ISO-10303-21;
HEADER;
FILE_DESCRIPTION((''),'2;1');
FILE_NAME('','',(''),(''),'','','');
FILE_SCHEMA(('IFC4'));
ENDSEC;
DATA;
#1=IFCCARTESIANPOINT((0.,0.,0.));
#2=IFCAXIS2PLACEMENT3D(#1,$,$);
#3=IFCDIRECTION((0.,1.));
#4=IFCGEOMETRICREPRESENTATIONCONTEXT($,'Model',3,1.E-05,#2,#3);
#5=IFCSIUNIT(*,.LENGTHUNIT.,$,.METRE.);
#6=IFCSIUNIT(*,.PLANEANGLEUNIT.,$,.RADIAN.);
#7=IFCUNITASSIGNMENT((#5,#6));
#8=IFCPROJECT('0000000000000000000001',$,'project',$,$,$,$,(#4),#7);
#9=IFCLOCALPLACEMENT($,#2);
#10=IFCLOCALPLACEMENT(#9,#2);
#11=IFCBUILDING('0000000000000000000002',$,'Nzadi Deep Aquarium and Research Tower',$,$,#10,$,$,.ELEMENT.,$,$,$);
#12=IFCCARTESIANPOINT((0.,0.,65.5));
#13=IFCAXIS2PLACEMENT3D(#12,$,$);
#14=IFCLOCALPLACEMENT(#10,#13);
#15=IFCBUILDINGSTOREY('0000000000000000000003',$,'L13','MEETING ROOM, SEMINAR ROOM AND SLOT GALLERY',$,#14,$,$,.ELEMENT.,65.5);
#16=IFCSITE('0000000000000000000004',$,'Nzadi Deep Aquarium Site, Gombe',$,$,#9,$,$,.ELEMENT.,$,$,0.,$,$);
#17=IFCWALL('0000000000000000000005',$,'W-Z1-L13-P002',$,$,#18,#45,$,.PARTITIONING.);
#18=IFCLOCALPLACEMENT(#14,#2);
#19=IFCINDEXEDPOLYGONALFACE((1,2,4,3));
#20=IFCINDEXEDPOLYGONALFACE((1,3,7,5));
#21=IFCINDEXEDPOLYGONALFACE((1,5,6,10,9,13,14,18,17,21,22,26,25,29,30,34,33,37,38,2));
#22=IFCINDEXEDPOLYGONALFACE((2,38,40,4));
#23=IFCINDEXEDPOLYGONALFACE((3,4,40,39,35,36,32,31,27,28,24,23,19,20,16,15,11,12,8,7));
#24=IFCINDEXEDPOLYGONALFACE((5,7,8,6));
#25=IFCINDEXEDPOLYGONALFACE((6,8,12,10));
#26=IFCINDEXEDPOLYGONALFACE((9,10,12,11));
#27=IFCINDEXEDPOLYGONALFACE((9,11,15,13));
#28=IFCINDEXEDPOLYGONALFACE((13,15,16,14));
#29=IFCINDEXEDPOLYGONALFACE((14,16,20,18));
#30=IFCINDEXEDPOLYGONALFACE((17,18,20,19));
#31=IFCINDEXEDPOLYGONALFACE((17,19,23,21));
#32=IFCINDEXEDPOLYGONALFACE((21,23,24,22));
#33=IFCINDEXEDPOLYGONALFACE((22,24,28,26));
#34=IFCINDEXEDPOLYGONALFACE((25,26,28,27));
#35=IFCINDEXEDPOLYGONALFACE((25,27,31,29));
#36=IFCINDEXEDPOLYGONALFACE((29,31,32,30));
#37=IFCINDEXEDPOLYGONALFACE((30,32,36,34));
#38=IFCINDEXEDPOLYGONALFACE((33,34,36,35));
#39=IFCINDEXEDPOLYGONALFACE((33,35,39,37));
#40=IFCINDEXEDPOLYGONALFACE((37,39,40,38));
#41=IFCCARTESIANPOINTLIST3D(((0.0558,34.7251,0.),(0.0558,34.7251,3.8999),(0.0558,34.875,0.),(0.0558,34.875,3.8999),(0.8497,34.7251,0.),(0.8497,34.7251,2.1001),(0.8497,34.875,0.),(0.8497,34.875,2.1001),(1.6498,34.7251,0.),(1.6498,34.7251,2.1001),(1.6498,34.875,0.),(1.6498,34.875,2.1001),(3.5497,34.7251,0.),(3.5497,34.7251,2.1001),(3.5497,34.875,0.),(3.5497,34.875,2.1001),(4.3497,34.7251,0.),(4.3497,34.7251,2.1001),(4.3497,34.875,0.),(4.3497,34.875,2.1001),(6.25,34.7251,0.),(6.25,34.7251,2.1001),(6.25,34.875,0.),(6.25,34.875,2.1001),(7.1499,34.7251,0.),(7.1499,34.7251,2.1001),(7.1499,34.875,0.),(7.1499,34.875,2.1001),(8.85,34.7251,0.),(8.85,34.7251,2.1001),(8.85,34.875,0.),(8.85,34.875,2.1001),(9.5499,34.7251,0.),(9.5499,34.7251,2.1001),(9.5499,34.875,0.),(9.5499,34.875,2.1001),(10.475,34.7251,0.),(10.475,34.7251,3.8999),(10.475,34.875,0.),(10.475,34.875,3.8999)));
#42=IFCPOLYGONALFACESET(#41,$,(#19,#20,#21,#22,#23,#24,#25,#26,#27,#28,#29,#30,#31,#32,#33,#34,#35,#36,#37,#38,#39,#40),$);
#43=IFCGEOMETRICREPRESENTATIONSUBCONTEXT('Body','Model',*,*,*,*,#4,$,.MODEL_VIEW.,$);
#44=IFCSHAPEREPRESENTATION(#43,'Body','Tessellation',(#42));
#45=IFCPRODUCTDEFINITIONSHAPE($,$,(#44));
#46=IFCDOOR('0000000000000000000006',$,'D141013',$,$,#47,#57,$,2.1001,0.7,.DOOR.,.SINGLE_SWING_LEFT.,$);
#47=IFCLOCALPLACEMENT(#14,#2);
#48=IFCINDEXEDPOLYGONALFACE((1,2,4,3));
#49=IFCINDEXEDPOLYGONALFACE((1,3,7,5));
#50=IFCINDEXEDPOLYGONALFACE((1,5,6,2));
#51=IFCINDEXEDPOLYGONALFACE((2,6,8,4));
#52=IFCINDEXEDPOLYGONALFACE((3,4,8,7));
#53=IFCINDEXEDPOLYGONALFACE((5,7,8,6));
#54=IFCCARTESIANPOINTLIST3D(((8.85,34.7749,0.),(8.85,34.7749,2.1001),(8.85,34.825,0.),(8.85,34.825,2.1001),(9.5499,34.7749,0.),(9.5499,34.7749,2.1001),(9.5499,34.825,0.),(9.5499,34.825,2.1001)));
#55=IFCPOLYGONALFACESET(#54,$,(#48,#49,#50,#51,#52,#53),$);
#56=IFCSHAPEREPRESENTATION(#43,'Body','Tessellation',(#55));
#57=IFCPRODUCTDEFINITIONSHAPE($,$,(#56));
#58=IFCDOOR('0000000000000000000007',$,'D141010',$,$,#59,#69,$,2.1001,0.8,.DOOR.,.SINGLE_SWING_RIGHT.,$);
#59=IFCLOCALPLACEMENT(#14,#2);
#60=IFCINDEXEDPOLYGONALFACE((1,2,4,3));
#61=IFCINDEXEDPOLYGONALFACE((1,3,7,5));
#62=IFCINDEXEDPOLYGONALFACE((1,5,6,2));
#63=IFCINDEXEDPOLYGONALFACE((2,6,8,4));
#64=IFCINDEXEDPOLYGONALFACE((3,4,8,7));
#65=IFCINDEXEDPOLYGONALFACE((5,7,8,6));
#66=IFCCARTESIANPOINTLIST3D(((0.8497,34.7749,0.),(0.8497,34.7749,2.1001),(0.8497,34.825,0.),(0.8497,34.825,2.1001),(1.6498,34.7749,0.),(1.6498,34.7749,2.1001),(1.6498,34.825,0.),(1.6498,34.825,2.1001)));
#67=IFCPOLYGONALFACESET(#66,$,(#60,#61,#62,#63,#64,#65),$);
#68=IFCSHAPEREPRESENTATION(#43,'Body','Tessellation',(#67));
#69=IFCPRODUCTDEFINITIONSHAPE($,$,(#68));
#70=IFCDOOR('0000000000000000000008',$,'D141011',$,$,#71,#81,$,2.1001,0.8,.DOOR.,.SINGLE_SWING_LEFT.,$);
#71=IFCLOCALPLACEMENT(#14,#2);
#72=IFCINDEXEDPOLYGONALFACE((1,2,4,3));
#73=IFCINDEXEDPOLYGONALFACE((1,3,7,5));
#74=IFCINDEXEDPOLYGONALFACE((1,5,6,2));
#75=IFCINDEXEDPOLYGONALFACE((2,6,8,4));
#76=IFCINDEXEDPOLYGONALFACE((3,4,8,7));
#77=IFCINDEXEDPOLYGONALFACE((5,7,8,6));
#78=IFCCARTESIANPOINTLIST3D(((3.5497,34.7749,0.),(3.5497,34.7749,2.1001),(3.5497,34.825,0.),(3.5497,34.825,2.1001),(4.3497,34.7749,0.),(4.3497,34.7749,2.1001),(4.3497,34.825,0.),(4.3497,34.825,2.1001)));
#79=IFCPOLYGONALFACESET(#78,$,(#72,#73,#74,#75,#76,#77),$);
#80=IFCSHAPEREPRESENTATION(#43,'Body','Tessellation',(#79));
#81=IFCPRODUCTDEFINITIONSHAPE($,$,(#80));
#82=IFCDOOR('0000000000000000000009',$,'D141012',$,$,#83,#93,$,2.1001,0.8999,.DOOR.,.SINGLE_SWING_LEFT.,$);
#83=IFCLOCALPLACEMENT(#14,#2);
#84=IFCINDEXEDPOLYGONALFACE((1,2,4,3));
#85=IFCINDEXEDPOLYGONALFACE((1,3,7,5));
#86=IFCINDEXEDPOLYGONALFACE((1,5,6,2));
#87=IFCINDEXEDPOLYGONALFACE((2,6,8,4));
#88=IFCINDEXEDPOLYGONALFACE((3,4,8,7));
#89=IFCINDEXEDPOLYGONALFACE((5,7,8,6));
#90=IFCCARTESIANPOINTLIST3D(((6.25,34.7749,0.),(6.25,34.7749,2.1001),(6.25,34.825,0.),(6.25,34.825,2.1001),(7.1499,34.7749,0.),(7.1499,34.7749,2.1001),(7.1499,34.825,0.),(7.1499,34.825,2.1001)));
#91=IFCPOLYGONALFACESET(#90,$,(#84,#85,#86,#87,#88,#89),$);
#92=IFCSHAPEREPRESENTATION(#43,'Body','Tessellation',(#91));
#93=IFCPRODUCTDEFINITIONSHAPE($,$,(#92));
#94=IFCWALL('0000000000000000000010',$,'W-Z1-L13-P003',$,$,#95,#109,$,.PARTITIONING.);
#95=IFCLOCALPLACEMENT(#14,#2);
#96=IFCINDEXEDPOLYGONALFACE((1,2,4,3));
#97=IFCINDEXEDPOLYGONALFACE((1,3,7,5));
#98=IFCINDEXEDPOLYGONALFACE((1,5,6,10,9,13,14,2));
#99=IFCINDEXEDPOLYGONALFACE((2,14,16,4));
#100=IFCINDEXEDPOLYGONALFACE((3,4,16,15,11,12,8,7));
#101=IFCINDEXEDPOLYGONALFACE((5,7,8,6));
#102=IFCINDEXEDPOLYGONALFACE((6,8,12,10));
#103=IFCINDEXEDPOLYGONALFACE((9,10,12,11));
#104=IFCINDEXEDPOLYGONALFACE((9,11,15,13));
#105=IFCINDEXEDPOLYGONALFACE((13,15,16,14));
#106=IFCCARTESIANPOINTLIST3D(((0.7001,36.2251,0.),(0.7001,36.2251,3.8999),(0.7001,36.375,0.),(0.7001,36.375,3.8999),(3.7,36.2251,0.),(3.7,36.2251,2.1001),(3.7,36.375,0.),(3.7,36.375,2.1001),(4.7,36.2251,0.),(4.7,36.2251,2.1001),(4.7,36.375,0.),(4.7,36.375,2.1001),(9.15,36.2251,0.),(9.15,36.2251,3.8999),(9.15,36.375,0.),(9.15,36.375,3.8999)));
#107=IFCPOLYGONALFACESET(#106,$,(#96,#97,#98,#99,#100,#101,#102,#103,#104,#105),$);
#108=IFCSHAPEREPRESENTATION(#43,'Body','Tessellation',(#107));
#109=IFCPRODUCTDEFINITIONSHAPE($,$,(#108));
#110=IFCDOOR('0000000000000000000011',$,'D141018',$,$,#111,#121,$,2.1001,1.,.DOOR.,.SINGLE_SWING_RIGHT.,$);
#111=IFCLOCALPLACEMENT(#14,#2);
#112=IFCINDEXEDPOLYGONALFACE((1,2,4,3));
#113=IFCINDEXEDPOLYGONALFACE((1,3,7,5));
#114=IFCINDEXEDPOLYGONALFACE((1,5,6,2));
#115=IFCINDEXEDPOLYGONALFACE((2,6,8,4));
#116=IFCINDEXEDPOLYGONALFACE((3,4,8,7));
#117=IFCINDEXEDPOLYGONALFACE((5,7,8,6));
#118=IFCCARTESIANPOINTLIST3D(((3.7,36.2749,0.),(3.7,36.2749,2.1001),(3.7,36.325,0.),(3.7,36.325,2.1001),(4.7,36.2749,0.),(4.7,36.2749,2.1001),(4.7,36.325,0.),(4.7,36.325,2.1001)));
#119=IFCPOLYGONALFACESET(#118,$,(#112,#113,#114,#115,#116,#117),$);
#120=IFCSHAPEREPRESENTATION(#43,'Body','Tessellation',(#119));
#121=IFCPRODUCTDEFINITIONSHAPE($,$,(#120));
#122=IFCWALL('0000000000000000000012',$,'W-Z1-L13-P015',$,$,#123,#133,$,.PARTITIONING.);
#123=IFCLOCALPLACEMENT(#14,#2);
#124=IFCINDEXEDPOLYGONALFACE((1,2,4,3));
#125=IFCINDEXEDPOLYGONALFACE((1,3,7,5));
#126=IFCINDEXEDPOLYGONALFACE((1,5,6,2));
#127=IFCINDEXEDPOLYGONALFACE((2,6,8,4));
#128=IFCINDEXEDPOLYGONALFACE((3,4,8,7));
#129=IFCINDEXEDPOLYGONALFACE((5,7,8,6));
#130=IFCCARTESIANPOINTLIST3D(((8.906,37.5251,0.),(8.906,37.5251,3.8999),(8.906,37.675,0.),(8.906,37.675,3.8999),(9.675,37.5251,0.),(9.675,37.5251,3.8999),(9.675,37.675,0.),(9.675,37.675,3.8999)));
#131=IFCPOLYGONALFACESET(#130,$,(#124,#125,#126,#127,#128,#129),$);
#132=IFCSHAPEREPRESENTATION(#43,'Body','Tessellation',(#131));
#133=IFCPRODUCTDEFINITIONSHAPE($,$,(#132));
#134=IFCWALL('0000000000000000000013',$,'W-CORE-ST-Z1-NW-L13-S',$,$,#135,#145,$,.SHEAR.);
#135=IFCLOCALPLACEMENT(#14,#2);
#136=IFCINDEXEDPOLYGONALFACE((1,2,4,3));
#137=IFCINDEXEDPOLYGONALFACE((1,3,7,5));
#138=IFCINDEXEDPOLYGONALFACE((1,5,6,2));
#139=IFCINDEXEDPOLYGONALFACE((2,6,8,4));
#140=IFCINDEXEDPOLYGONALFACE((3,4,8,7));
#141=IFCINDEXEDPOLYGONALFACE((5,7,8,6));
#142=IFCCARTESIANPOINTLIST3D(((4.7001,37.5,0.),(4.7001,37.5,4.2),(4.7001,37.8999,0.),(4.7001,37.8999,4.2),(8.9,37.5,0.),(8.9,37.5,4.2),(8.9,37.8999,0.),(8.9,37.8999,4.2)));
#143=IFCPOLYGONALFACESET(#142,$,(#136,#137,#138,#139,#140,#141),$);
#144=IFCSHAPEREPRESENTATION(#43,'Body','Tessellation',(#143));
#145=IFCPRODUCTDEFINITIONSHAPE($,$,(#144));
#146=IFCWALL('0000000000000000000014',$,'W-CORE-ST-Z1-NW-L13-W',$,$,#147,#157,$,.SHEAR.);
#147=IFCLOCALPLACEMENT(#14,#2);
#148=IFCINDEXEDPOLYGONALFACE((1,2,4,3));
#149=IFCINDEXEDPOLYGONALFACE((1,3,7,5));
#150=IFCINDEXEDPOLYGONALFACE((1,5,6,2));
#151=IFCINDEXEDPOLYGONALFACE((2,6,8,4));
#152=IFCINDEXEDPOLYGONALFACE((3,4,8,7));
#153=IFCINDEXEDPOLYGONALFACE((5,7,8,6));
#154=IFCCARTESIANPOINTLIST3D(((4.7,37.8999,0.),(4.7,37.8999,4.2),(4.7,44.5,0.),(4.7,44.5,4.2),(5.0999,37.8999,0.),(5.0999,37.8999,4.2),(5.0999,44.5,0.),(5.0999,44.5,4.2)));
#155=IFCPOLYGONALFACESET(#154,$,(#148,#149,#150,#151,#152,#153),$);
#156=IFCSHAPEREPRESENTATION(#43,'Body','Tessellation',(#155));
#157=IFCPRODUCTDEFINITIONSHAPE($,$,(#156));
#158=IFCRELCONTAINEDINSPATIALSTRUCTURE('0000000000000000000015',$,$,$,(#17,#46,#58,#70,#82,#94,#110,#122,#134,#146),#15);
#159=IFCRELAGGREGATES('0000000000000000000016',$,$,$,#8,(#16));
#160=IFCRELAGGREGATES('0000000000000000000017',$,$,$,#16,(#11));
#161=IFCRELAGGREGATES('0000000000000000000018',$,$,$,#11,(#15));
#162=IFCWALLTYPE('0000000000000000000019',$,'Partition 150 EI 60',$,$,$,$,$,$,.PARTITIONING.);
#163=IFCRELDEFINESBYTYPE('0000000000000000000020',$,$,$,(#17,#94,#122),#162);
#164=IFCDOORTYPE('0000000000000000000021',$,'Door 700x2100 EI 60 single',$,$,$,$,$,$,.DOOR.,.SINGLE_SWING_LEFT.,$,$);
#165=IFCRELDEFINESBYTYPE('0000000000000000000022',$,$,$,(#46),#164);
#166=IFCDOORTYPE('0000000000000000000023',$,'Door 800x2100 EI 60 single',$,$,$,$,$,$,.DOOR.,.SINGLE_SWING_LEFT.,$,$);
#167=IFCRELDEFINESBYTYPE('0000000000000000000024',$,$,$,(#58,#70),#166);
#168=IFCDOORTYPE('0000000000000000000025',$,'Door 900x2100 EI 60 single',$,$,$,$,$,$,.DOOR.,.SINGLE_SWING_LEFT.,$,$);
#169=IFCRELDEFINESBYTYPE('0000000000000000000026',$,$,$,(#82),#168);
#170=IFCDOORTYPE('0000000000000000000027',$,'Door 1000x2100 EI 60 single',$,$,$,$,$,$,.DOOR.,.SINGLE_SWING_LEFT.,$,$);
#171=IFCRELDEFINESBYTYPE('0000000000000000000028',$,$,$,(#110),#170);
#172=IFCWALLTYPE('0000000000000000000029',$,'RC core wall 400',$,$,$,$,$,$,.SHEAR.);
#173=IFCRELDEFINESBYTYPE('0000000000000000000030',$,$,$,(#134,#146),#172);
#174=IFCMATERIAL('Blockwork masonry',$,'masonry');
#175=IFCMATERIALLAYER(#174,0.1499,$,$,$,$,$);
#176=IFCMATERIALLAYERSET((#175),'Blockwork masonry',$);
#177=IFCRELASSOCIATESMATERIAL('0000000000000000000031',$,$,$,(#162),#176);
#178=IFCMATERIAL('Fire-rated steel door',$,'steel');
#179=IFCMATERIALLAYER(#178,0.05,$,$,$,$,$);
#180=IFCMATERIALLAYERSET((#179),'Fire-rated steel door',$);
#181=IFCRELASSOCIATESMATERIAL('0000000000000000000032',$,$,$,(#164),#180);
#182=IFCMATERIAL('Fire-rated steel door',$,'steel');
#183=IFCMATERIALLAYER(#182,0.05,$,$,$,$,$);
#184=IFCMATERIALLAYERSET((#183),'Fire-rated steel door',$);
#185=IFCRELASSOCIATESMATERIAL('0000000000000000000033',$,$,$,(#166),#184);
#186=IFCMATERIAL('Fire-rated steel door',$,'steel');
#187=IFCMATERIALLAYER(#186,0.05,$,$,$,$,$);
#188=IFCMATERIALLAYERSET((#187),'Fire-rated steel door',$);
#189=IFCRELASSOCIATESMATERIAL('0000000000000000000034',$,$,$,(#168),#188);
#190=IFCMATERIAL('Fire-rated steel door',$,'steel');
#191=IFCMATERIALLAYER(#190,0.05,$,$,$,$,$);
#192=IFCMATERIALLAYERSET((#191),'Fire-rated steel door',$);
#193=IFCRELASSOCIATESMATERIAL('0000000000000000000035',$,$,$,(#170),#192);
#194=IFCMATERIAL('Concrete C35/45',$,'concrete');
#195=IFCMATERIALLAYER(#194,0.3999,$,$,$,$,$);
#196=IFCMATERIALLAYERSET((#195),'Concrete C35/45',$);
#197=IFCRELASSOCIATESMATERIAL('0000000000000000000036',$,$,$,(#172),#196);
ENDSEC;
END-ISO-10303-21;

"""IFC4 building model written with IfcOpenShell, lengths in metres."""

from ifc_helpers import new_model, si_unit, direction, frame, frame_2d, origin, place, context, subcontext, project, spatial, rectangle, extrude, material, layer, layer_set, type_object, element, fill, save


model = new_model("IFC4")

# Units and contexts
model_context = context("Model", 3, precision=1e-05, world=origin(), true_north=direction((0.0, 1.0)))
body_context = subcontext(model_context, "Body", "Model", "MODEL_VIEW")
ifc_project = project(units=[si_unit("LENGTHUNIT", "METRE"), si_unit("PLANEANGLEUNIT", "RADIAN")], contexts=[model_context])

# Site, building, storey
site_placement = place(None, origin())
site = spatial("IfcSite", under=ifc_project, at=site_placement, Name="Nzadi Deep Aquarium Site, Gombe", CompositionType="ELEMENT", RefElevation=0.0)
building_placement = place(site_placement, origin())
building = spatial("IfcBuilding", under=site, at=building_placement, Name="Nzadi Deep Aquarium and Research Tower", CompositionType="ELEMENT")
storey_placement = place(building_placement, frame((0.0, 0.0, 65.5)))
storey = spatial("IfcBuildingStorey", under=building, at=storey_placement, Name="L13", Description="MEETING ROOM, SEMINAR ROOM AND SLOT GALLERY", CompositionType="ELEMENT", Elevation=65.5)

# Wall, openings, doors
ifc_material_1 = material(Name="Blockwork masonry", Category="masonry")
ifc_layer_1 = layer(ifc_material_1, 0.1499)
ifc_layer_set_1 = layer_set([ifc_layer_1], Name="Blockwork masonry")
wall_type_1 = type_object("IfcWallType", Name="Partition 150 EI 60", PredefinedType="PARTITIONING", material=ifc_layer_set_1)
wall_1_placement = place(storey_placement, frame((0.0559, 34.8, 0.0), z_axis=(0.0, 0.0, 1.0), x_axis=(1.0, 0.0, 0.0)))
wall_1 = element("IfcWall", 1, at=wall_1_placement, inside=storey, type_object=wall_type_1, Name="W-Z1-L13-P002", PredefinedType="PARTITIONING", context=body_context, shape_type="SweptSolid", body=[
    extrude(rectangle(XDim=10.4192, YDim=0.1499, at=frame_2d((5.2095, 0.0))), origin(), (0.0, 0.0, 1.0), 3.8999),
])
opening_1_placement = place(wall_1_placement, frame((0.7939, 0.0, 0.0)))
opening_1 = element("IfcOpeningElement", 2, at=opening_1_placement, cuts=wall_1, PredefinedType="OPENING", context=body_context, shape_type="SweptSolid", body=[
    extrude(rectangle(XDim=0.8, YDim=2.1001, at=frame_2d((0.3999, 1.05))), frame((0.0, 0.085, 0.0), z_axis=(0.0, -1.0, 0.0), x_axis=(1.0, 0.0, 0.0)), (0.0, 0.0, 1.0), 0.1699),
])
opening_2_placement = place(wall_1_placement, frame((3.4939, 0.0, 0.0)))
opening_2 = element("IfcOpeningElement", 3, at=opening_2_placement, cuts=wall_1, PredefinedType="OPENING", context=body_context, shape_type="SweptSolid", body=[
    extrude(rectangle(XDim=0.8, YDim=2.1001, at=frame_2d((0.3999, 1.05))), frame((0.0, 0.085, 0.0), z_axis=(0.0, -1.0, 0.0), x_axis=(1.0, 0.0, 0.0)), (0.0, 0.0, 1.0), 0.1699),
])
opening_3_placement = place(wall_1_placement, frame((6.1941, 0.0, 0.0)))
opening_3 = element("IfcOpeningElement", 4, at=opening_3_placement, cuts=wall_1, PredefinedType="OPENING", context=body_context, shape_type="SweptSolid", body=[
    extrude(rectangle(XDim=0.8999, YDim=2.1001, at=frame_2d((0.45, 1.05))), frame((0.0, 0.085, 0.0), z_axis=(0.0, -1.0, 0.0), x_axis=(1.0, 0.0, 0.0)), (0.0, 0.0, 1.0), 0.1699),
])
opening_4_placement = place(wall_1_placement, frame((8.7939, 0.0, 0.0)))
opening_4 = element("IfcOpeningElement", 5, at=opening_4_placement, cuts=wall_1, PredefinedType="OPENING", context=body_context, shape_type="SweptSolid", body=[
    extrude(rectangle(XDim=0.7, YDim=2.1001, at=frame_2d((0.3501, 1.05))), frame((0.0, 0.085, 0.0), z_axis=(0.0, -1.0, 0.0), x_axis=(1.0, 0.0, 0.0)), (0.0, 0.0, 1.0), 0.1699),
])
ifc_material_2 = material(Name="Fire-rated steel door", Category="steel")
ifc_layer_2 = layer(ifc_material_2, 0.05)
ifc_layer_set_2 = layer_set([ifc_layer_2], Name="Fire-rated steel door")
door_type_1 = type_object("IfcDoorType", Name="Door 700x2100 EI 60 single", OperationType="SINGLE_SWING_LEFT", PredefinedType="DOOR", material=ifc_layer_set_2)
door_1_placement = place(opening_4_placement, origin())
door_1 = element("IfcDoor", 6, at=door_1_placement, inside=storey, type_object=door_type_1, Name="D141013", OperationType="SINGLE_SWING_LEFT", OverallHeight=2.1001, OverallWidth=0.7, PredefinedType="DOOR", context=body_context, shape_type="SweptSolid", body=[
    extrude(rectangle(XDim=0.7, YDim=2.1001, at=frame_2d((0.3501, 1.05))), frame((0.0, 0.0249, 0.0), z_axis=(0.0, -1.0, 0.0), x_axis=(1.0, 0.0, 0.0)), (0.0, 0.0, 1.0), 0.05),
])
fill(opening_4, door_1)
ifc_material_3 = material(Name="Fire-rated steel door", Category="steel")
ifc_layer_3 = layer(ifc_material_3, 0.05)
ifc_layer_set_3 = layer_set([ifc_layer_3], Name="Fire-rated steel door")
door_type_2 = type_object("IfcDoorType", Name="Door 800x2100 EI 60 single", OperationType="SINGLE_SWING_LEFT", PredefinedType="DOOR", material=ifc_layer_set_3)
door_2_placement = place(opening_1_placement, origin())
door_2 = element("IfcDoor", 7, at=door_2_placement, inside=storey, type_object=door_type_2, Name="D141010", OperationType="SINGLE_SWING_RIGHT", OverallHeight=2.1001, OverallWidth=0.8, PredefinedType="DOOR", context=body_context, shape_type="SweptSolid", body=[
    extrude(rectangle(XDim=0.8, YDim=2.1001, at=frame_2d((0.3999, 1.05))), frame((0.0, 0.0249, 0.0), z_axis=(0.0, -1.0, 0.0), x_axis=(1.0, 0.0, 0.0)), (0.0, 0.0, 1.0), 0.05),
])
fill(opening_1, door_2)
door_3_placement = place(opening_2_placement, origin())
door_3 = element("IfcDoor", 8, at=door_3_placement, inside=storey, type_object=door_type_2, Name="D141011", OperationType="SINGLE_SWING_LEFT", OverallHeight=2.1001, OverallWidth=0.8, PredefinedType="DOOR", context=body_context, shape_type="SweptSolid", body=[
    extrude(rectangle(XDim=0.8, YDim=2.1001, at=frame_2d((0.3999, 1.05))), frame((0.0, 0.0249, 0.0), z_axis=(0.0, -1.0, 0.0), x_axis=(1.0, 0.0, 0.0)), (0.0, 0.0, 1.0), 0.05),
])
fill(opening_2, door_3)
ifc_material_4 = material(Name="Fire-rated steel door", Category="steel")
ifc_layer_4 = layer(ifc_material_4, 0.05)
ifc_layer_set_4 = layer_set([ifc_layer_4], Name="Fire-rated steel door")
door_type_3 = type_object("IfcDoorType", Name="Door 900x2100 EI 60 single", OperationType="SINGLE_SWING_LEFT", PredefinedType="DOOR", material=ifc_layer_set_4)
door_4_placement = place(opening_3_placement, origin())
door_4 = element("IfcDoor", 9, at=door_4_placement, inside=storey, type_object=door_type_3, Name="D141012", OperationType="SINGLE_SWING_LEFT", OverallHeight=2.1001, OverallWidth=0.8999, PredefinedType="DOOR", context=body_context, shape_type="SweptSolid", body=[
    extrude(rectangle(XDim=0.8999, YDim=2.1001, at=frame_2d((0.45, 1.05))), frame((0.0, 0.0249, 0.0), z_axis=(0.0, -1.0, 0.0), x_axis=(1.0, 0.0, 0.0)), (0.0, 0.0, 1.0), 0.05),
])
fill(opening_3, door_4)

# Wall, opening, door
wall_2_placement = place(storey_placement, frame((0.7, 36.3, 0.0), z_axis=(0.0, 0.0, 1.0), x_axis=(1.0, 0.0, 0.0)))
wall_2 = element("IfcWall", 10, at=wall_2_placement, inside=storey, type_object=wall_type_1, Name="W-Z1-L13-P003", PredefinedType="PARTITIONING", context=body_context, shape_type="SweptSolid", body=[
    extrude(rectangle(XDim=8.45, YDim=0.1499, at=frame_2d((4.2251, 0.0))), origin(), (0.0, 0.0, 1.0), 3.8999),
])
opening_5_placement = place(wall_2_placement, frame((3.0, 0.0, 0.0)))
opening_5 = element("IfcOpeningElement", 11, at=opening_5_placement, cuts=wall_2, PredefinedType="OPENING", context=body_context, shape_type="SweptSolid", body=[
    extrude(rectangle(XDim=1.0, YDim=2.1001, at=frame_2d((0.5, 1.05))), frame((0.0, 0.085, 0.0), z_axis=(0.0, -1.0, 0.0), x_axis=(1.0, 0.0, 0.0)), (0.0, 0.0, 1.0), 0.1699),
])
ifc_material_5 = material(Name="Fire-rated steel door", Category="steel")
ifc_layer_5 = layer(ifc_material_5, 0.05)
ifc_layer_set_5 = layer_set([ifc_layer_5], Name="Fire-rated steel door")
door_type_4 = type_object("IfcDoorType", Name="Door 1000x2100 EI 60 single", OperationType="SINGLE_SWING_LEFT", PredefinedType="DOOR", material=ifc_layer_set_5)
door_5_placement = place(opening_5_placement, origin())
door_5 = element("IfcDoor", 12, at=door_5_placement, inside=storey, type_object=door_type_4, Name="D141018", OperationType="SINGLE_SWING_RIGHT", OverallHeight=2.1001, OverallWidth=1.0, PredefinedType="DOOR", context=body_context, shape_type="SweptSolid", body=[
    extrude(rectangle(XDim=1.0, YDim=2.1001, at=frame_2d((0.5, 1.05))), frame((0.0, 0.0249, 0.0), z_axis=(0.0, -1.0, 0.0), x_axis=(1.0, 0.0, 0.0)), (0.0, 0.0, 1.0), 0.05),
])
fill(opening_5, door_5)

# Walls
wall_3_placement = place(storey_placement, frame((8.906, 37.6001, 0.0), z_axis=(0.0, 0.0, 1.0), x_axis=(1.0, 0.0, 0.0)))
element("IfcWall", 13, at=wall_3_placement, inside=storey, type_object=wall_type_1, Name="W-Z1-L13-P015", PredefinedType="PARTITIONING", context=body_context, shape_type="SweptSolid", body=[
    extrude(rectangle(XDim=0.769, YDim=0.1499, at=frame_2d((0.3845, 0.0))), origin(), (0.0, 0.0, 1.0), 3.8999),
])
ifc_material_6 = material(Name="Concrete C35/45", Category="concrete")
ifc_layer_6 = layer(ifc_material_6, 0.3999)
ifc_layer_set_6 = layer_set([ifc_layer_6], Name="Concrete C35/45")
wall_type_2 = type_object("IfcWallType", Name="RC core wall 400", PredefinedType="SHEAR", material=ifc_layer_set_6)
wall_4_placement = place(storey_placement, frame((4.7, 37.7, 0.0), z_axis=(0.0, 0.0, 1.0), x_axis=(1.0, 0.0, 0.0)))
element("IfcWall", 14, at=wall_4_placement, inside=storey, type_object=wall_type_2, Name="W-CORE-ST-Z1-NW-L13-S", PredefinedType="SHEAR", context=body_context, shape_type="SweptSolid", body=[
    extrude(rectangle(XDim=4.2, YDim=0.3999, at=frame_2d((2.1001, 0.0))), origin(), (0.0, 0.0, 1.0), 4.2),
])
wall_5_placement = place(storey_placement, frame((4.8999, 37.8999, 0.0), z_axis=(0.0, 0.0, 1.0), x_axis=(0.0, 1.0, 0.0)))
element("IfcWall", 15, at=wall_5_placement, inside=storey, type_object=wall_type_2, Name="W-CORE-ST-Z1-NW-L13-W", PredefinedType="SHEAR", context=body_context, shape_type="SweptSolid", body=[
    extrude(rectangle(XDim=6.6001, YDim=0.3999, at=frame_2d((3.3, 0.0))), origin(), (0.0, 0.0, 1.0), 4.2),
])

save(model, "model.ifc")
